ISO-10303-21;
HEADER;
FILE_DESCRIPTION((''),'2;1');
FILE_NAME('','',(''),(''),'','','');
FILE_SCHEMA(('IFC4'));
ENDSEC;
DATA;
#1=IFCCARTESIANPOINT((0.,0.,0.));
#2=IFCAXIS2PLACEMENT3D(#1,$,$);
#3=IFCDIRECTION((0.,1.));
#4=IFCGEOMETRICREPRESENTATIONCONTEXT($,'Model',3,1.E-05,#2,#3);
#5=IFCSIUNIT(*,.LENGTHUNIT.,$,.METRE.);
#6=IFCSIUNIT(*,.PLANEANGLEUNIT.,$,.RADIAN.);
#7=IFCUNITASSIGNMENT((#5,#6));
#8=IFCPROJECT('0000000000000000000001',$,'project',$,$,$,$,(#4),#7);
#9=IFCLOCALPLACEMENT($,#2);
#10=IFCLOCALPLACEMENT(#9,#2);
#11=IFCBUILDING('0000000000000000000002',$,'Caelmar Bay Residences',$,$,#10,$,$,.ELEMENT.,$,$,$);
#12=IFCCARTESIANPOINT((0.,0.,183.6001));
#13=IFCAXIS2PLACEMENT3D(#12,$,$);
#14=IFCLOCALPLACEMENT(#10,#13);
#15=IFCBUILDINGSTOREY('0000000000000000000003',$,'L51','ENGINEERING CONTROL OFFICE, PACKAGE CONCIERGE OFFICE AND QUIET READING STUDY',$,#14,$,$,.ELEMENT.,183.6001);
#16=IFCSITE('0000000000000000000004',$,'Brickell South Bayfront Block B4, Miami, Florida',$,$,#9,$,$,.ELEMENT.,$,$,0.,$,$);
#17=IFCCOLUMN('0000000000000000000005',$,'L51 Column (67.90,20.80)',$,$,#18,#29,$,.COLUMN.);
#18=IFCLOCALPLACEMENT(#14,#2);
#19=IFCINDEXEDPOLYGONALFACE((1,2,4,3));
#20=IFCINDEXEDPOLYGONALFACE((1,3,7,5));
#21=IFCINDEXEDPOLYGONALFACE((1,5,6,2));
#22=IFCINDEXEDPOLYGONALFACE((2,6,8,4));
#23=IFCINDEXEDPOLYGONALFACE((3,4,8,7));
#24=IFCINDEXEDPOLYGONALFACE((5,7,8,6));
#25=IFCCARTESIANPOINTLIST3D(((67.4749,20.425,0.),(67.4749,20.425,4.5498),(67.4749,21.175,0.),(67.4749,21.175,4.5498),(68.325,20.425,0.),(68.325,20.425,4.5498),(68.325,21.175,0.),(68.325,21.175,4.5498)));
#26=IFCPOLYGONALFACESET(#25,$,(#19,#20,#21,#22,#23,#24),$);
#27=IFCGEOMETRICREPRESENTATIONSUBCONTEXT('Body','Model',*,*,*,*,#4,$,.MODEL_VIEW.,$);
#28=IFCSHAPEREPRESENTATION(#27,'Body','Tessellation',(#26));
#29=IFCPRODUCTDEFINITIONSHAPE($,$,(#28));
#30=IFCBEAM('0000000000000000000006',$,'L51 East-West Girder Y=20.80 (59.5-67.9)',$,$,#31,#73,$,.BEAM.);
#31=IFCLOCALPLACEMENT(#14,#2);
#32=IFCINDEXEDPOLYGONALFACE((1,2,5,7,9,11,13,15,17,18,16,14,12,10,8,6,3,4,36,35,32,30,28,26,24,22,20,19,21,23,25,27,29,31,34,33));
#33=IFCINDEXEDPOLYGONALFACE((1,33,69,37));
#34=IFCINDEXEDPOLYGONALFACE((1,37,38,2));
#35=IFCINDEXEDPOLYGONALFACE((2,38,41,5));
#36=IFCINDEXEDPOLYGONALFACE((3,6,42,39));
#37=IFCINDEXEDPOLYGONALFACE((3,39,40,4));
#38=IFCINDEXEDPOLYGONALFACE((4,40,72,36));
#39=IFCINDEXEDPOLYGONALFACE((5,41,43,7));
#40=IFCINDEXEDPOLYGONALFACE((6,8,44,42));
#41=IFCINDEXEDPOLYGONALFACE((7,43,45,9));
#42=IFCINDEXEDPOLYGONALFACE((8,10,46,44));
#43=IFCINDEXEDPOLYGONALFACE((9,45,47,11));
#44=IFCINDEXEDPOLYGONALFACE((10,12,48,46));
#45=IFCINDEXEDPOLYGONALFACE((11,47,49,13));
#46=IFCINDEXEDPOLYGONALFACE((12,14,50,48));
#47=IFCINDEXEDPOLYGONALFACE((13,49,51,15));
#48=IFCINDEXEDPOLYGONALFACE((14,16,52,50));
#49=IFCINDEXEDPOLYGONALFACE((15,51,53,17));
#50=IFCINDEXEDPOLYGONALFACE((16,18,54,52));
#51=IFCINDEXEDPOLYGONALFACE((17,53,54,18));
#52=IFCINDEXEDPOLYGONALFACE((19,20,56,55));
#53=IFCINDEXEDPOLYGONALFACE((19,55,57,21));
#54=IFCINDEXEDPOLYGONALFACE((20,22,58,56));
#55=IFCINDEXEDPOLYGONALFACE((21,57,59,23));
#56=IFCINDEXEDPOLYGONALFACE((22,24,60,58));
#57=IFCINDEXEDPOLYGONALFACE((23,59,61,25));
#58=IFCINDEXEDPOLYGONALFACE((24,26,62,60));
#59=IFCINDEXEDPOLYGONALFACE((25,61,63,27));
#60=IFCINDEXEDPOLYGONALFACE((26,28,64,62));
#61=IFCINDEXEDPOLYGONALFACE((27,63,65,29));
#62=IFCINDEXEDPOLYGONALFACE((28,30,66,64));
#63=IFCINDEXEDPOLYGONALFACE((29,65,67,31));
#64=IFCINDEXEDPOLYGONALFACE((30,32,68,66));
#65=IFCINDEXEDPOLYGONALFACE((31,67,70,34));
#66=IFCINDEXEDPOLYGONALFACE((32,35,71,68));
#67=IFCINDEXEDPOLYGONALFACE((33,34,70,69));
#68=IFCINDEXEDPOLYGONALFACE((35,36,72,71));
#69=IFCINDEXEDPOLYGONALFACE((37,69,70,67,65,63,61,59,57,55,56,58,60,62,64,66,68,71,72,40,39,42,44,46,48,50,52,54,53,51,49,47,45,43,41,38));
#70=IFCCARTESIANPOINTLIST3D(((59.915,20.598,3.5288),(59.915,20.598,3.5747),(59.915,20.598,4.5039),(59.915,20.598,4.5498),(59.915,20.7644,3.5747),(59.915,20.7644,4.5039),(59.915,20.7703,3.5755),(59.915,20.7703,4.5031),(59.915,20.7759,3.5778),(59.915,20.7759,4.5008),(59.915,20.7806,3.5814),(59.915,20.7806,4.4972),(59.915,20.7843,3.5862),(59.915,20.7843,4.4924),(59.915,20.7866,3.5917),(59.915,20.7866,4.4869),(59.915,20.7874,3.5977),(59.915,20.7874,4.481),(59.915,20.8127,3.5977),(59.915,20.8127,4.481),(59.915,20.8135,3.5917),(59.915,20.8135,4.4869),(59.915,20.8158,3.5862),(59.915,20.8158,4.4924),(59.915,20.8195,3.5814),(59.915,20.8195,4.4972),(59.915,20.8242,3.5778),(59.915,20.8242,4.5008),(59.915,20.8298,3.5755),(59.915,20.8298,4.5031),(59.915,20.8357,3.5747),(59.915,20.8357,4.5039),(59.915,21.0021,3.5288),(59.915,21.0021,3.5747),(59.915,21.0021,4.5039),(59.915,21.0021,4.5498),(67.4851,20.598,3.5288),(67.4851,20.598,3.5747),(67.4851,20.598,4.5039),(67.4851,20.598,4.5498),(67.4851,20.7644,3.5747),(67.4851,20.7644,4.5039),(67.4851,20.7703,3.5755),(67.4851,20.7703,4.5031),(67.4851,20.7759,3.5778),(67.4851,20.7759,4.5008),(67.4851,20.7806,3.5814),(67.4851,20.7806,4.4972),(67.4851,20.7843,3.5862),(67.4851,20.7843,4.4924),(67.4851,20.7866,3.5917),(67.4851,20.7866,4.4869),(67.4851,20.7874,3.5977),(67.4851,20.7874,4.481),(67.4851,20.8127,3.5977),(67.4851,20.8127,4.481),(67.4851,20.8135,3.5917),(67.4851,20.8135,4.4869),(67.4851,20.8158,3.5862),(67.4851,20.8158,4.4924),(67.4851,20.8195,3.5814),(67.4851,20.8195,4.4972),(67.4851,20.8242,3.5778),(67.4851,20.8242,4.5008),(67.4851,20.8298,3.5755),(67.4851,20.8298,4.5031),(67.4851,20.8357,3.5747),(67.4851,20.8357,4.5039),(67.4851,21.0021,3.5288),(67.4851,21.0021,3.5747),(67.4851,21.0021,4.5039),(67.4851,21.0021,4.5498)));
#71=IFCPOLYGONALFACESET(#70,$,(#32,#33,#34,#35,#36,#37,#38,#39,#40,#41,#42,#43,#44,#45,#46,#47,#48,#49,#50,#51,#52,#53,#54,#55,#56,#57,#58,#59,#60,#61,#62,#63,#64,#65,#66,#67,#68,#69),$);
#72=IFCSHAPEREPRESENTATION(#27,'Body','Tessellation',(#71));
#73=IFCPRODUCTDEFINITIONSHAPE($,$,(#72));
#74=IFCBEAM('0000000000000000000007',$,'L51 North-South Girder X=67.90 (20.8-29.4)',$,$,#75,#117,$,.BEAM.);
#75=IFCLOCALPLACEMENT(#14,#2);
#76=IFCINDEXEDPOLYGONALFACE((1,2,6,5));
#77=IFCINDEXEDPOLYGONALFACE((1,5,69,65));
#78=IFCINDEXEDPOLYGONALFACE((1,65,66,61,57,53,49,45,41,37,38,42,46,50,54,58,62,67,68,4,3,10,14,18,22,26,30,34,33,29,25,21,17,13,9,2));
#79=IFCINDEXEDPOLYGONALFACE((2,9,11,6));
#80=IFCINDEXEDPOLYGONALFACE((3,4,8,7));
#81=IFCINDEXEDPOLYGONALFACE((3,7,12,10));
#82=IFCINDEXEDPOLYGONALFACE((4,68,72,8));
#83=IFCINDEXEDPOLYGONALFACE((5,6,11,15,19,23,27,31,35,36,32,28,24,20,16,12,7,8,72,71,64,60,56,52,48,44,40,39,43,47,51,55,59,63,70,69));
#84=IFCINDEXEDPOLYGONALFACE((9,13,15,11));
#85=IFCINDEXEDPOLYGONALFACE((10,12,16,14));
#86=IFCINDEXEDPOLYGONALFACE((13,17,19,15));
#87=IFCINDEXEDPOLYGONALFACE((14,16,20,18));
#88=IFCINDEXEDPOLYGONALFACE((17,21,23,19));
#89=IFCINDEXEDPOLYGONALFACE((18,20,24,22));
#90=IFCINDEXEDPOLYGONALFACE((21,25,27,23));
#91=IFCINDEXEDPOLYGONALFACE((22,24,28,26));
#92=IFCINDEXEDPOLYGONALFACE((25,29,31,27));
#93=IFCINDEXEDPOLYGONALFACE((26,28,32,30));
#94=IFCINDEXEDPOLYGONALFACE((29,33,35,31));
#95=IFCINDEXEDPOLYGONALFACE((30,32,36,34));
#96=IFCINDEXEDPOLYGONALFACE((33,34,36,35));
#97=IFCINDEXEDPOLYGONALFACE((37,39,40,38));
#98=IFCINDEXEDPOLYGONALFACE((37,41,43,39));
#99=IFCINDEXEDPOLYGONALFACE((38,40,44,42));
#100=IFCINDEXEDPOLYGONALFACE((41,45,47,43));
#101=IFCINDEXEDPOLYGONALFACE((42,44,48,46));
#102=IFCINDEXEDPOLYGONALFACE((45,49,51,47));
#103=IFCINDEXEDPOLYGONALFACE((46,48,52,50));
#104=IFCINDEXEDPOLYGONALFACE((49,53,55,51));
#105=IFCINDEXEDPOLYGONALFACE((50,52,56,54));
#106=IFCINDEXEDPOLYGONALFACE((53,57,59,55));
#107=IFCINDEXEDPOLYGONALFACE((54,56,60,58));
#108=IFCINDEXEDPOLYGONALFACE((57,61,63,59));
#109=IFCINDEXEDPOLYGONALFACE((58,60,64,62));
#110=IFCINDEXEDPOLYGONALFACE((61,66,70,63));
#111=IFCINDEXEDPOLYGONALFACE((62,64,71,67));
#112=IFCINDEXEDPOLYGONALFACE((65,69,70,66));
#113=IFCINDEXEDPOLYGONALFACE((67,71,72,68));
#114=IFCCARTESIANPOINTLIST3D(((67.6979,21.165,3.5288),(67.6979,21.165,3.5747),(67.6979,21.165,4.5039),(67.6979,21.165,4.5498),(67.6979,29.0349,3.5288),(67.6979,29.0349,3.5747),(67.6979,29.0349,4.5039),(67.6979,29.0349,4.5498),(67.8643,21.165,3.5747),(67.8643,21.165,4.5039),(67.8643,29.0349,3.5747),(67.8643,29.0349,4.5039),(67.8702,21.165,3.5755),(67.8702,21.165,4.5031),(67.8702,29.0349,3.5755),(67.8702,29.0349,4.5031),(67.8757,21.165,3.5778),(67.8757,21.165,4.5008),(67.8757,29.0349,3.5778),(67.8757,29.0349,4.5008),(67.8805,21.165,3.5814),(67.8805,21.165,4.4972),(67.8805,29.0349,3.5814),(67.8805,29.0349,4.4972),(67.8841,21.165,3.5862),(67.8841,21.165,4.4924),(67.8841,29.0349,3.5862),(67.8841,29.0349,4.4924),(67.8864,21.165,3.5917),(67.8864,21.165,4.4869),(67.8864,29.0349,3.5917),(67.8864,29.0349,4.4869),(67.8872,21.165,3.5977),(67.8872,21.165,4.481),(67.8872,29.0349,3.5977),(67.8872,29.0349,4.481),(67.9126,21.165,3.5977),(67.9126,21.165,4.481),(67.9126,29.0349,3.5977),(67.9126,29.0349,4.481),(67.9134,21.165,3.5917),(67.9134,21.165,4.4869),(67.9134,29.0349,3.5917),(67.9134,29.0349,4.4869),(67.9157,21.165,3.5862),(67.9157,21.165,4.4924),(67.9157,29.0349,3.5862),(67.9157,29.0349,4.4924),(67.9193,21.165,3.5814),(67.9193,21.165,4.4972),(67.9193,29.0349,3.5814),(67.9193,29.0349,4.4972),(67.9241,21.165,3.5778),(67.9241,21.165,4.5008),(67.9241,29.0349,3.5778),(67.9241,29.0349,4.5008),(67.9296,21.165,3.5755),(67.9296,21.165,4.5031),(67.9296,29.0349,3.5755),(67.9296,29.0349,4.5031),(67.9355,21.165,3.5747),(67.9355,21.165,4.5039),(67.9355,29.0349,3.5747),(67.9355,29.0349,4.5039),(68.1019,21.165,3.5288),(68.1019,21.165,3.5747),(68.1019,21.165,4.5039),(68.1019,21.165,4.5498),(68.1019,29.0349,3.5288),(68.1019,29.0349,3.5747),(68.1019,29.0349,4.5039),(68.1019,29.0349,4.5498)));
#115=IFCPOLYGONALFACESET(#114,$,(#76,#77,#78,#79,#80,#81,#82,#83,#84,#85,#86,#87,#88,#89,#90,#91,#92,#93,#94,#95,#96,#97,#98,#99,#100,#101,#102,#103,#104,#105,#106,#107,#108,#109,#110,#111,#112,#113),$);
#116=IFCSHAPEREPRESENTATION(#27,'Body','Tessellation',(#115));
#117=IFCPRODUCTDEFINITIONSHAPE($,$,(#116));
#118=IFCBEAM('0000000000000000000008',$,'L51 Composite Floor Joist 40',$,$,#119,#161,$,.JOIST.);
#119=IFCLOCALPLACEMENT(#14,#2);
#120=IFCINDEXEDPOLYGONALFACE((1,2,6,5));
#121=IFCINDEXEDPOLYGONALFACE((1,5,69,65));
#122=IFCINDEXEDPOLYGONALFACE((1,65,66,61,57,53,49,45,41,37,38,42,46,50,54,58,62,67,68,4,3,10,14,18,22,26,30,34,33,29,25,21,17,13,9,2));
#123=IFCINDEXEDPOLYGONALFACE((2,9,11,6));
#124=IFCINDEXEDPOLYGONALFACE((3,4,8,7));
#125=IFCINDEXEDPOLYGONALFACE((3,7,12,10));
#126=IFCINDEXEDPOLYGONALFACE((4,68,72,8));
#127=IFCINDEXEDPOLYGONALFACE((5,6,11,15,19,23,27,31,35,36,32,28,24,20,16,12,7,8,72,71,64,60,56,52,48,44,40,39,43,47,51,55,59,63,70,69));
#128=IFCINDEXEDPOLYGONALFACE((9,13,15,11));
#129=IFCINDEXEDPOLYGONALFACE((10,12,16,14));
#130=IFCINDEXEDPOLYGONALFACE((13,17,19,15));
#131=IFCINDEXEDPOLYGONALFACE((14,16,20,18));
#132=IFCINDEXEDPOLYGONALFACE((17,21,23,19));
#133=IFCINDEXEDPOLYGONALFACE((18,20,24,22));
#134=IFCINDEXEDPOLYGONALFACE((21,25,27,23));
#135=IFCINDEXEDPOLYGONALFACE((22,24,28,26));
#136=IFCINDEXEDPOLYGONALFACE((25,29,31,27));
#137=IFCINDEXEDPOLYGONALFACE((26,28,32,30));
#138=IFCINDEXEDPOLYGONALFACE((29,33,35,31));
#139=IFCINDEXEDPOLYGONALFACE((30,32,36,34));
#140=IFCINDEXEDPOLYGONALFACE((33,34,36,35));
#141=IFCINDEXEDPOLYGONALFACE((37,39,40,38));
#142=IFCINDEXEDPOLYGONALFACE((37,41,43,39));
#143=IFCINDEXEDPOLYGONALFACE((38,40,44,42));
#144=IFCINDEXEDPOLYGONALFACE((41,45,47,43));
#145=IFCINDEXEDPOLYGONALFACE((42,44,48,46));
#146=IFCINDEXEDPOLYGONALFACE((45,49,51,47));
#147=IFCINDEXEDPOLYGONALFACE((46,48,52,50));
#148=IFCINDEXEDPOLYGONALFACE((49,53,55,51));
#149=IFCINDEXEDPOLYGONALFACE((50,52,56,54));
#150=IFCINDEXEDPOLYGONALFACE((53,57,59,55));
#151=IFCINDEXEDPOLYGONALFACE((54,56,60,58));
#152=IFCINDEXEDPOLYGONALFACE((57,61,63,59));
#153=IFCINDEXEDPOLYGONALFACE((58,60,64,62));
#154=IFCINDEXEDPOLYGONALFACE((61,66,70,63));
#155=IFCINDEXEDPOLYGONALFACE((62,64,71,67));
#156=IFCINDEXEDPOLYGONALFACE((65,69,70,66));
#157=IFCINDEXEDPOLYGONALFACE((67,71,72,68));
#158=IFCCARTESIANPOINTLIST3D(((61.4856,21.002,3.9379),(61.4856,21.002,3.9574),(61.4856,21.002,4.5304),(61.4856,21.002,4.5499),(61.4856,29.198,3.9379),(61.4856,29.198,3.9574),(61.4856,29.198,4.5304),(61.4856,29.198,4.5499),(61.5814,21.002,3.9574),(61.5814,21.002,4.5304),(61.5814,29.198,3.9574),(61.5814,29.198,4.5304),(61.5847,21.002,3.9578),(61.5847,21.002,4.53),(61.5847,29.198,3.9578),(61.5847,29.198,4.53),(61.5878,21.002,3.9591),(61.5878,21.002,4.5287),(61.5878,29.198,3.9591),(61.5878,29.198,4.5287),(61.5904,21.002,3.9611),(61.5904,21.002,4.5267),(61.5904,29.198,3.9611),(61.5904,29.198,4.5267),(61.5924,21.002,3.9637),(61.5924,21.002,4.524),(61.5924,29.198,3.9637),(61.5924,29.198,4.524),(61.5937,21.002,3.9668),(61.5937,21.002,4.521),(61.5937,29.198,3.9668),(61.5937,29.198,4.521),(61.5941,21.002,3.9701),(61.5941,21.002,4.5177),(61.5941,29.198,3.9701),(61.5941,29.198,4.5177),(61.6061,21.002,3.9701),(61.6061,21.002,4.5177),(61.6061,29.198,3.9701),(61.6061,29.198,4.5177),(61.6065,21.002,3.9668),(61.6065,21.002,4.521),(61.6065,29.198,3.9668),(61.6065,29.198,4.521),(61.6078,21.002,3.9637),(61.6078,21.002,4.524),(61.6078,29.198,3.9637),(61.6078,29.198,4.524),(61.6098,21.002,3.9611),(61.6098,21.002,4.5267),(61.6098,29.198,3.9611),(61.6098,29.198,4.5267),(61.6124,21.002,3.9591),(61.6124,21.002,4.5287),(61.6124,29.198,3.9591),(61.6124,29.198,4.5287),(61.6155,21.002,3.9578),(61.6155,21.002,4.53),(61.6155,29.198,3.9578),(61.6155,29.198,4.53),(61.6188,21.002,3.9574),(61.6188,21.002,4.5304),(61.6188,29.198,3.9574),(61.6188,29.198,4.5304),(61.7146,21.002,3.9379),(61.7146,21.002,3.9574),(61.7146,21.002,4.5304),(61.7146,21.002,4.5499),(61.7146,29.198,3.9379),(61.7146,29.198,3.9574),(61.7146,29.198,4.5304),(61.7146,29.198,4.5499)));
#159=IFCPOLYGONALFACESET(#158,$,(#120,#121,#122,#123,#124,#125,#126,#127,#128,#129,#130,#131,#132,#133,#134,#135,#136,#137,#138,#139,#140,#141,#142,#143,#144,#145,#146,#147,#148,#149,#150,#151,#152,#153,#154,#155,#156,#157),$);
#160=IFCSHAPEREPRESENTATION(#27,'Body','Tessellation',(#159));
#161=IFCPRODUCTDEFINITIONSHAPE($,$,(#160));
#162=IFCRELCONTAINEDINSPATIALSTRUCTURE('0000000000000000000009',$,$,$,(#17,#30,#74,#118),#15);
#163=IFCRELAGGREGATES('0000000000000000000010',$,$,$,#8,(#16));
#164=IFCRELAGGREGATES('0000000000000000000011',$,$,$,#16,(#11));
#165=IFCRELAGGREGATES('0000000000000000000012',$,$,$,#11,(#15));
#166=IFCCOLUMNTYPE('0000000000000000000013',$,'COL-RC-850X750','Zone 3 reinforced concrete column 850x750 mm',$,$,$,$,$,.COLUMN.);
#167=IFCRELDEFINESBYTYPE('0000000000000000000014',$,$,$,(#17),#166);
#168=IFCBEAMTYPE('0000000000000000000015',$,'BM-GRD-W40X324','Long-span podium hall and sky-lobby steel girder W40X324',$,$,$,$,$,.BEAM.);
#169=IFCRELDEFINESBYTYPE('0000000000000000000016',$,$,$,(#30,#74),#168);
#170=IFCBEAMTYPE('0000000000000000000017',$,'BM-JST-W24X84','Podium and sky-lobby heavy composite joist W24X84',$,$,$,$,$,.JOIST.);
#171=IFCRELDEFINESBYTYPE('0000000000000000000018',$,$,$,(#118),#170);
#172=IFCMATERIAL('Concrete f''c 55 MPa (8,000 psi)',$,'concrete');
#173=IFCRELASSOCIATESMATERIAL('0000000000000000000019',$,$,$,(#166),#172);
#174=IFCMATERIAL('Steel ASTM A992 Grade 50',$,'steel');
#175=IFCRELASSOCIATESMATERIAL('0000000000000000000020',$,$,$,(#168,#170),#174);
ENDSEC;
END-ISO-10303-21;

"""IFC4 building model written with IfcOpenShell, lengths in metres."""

from ifc_helpers import new_model, si_unit, direction, frame, origin, origin_2d, place, context, subcontext, project, spatial, rectangle, i_section, extrude, material, material_profile, profile_set, type_object, element, save


model = new_model("IFC4")

# Units and contexts
model_context = context("Model", 3, precision=1e-05, world=origin(), true_north=direction((0.0, 1.0)))
body_context = subcontext(model_context, "Body", "Model", "MODEL_VIEW")
ifc_project = project(units=[si_unit("LENGTHUNIT", "METRE"), si_unit("PLANEANGLEUNIT", "RADIAN")], contexts=[model_context])

# Site, building, storey
site_placement = place(None, origin())
site = spatial("IfcSite", under=ifc_project, at=site_placement, Name="Brickell South Bayfront Block B4, Miami, Florida", CompositionType="ELEMENT", RefElevation=0.0)
building_placement = place(site_placement, origin())
building = spatial("IfcBuilding", under=site, at=building_placement, Name="Caelmar Bay Residences", CompositionType="ELEMENT")
storey_placement = place(building_placement, frame((0.0, 0.0, 183.6001)))
storey = spatial("IfcBuildingStorey", under=building, at=storey_placement, Name="L51", Description="ENGINEERING CONTROL OFFICE, PACKAGE CONCIERGE OFFICE AND QUIET READING STUDY", CompositionType="ELEMENT", Elevation=183.6001)

# Column
ifc_material_1 = material(Name="Concrete f'c 55 MPa (8,000 psi)", Category="concrete")
ifc_material_profile_1 = material_profile(ifc_material_1, rectangle(XDim=0.8501, YDim=0.75, at=origin_2d()), Name="RC-COL-850X750")
ifc_profile_set_1 = profile_set([ifc_material_profile_1], Name="Concrete f'c 55 MPa (8,000 psi)")
column_type = type_object("IfcColumnType", Name="COL-RC-850X750", Description="Zone 3 reinforced concrete column 850x750 mm", PredefinedType="COLUMN", material=ifc_profile_set_1)
column_placement = place(storey_placement, frame((67.8999, 20.8, 0.0), z_axis=(0.0, 0.0, 1.0), x_axis=(1.0, 0.0, 0.0)))
element("IfcColumn", 1, at=column_placement, inside=storey, type_object=column_type, Name="L51 Column (67.90,20.80)", PredefinedType="COLUMN", context=body_context, shape_type="SweptSolid", body=[
    extrude(rectangle(XDim=0.8501, YDim=0.75, at=origin_2d()), origin(), (0.0, 0.0, 1.0), 4.5498),
])

# Beams
ifc_material_2 = material(Name="Steel ASTM A992 Grade 50", Category="steel")
ifc_material_profile_2 = material_profile(ifc_material_2, i_section(OverallWidth=0.4041, OverallDepth=1.021, WebThickness=0.0254, FlangeThickness=0.0459, FilletRadius=0.0229, at=origin_2d()), Name="W40X324")
ifc_profile_set_2 = profile_set([ifc_material_profile_2], Name="Steel ASTM A992 Grade 50")
beam_type_1 = type_object("IfcBeamType", Name="BM-GRD-W40X324", Description="Long-span podium hall and sky-lobby steel girder W40X324", PredefinedType="BEAM", material=ifc_profile_set_2)
beam_1_placement = place(storey_placement, frame((59.915, 20.8, 4.0393), z_axis=(1.0, 0.0, 0.0), x_axis=(0.0, 1.0, 0.0)))
element("IfcBeam", 2, at=beam_1_placement, inside=storey, type_object=beam_type_1, Name="L51 East-West Girder Y=20.80 (59.5-67.9)", PredefinedType="BEAM", context=body_context, shape_type="SweptSolid", body=[
    extrude(i_section(OverallWidth=0.4041, OverallDepth=1.021, WebThickness=0.0254, FlangeThickness=0.0459, FilletRadius=0.0229, at=origin_2d()), origin(), (0.0, 0.0, 1.0), 7.5701),
])
beam_2_placement = place(storey_placement, frame((67.8999, 21.165, 4.0393), z_axis=(0.0, 1.0, 0.0), x_axis=(-1.0, 0.0, 0.0)))
element("IfcBeam", 3, at=beam_2_placement, inside=storey, type_object=beam_type_1, Name="L51 North-South Girder X=67.90 (20.8-29.4)", PredefinedType="BEAM", context=body_context, shape_type="SweptSolid", body=[
    extrude(i_section(OverallWidth=0.4041, OverallDepth=1.021, WebThickness=0.0254, FlangeThickness=0.0459, FilletRadius=0.0229, at=origin_2d()), origin(), (0.0, 0.0, 1.0), 7.8699),
])
ifc_material_profile_3 = material_profile(ifc_material_2, i_section(OverallWidth=0.229, OverallDepth=0.6121, WebThickness=0.012, FlangeThickness=0.0195, FilletRadius=0.0127, at=origin_2d()), Name="W24X84")
ifc_profile_set_3 = profile_set([ifc_material_profile_3], Name="Steel ASTM A992 Grade 50")
beam_type_2 = type_object("IfcBeamType", Name="BM-JST-W24X84", Description="Podium and sky-lobby heavy composite joist W24X84", PredefinedType="JOIST", material=ifc_profile_set_3)
for number, where, z_axis, x_axis, name in (
    (4, (61.6001, 21.002, 4.2439), (0.0, 1.0, 0.0), (-1.0, 0.0, 0.0), "L51 Composite Floor Joist 40"),
):
    element("IfcBeam", number, at=place(storey_placement, frame(where, z_axis=z_axis, x_axis=x_axis)), inside=storey, type_object=beam_type_2, Name=name, PredefinedType="JOIST", context=body_context, shape_type="SweptSolid", body=[
        extrude(i_section(OverallWidth=0.229, OverallDepth=0.6121, WebThickness=0.012, FlangeThickness=0.0195, FilletRadius=0.0127, at=origin_2d()), origin(), (0.0, 0.0, 1.0), 8.196),
    ])

save(model, "model.ifc")
